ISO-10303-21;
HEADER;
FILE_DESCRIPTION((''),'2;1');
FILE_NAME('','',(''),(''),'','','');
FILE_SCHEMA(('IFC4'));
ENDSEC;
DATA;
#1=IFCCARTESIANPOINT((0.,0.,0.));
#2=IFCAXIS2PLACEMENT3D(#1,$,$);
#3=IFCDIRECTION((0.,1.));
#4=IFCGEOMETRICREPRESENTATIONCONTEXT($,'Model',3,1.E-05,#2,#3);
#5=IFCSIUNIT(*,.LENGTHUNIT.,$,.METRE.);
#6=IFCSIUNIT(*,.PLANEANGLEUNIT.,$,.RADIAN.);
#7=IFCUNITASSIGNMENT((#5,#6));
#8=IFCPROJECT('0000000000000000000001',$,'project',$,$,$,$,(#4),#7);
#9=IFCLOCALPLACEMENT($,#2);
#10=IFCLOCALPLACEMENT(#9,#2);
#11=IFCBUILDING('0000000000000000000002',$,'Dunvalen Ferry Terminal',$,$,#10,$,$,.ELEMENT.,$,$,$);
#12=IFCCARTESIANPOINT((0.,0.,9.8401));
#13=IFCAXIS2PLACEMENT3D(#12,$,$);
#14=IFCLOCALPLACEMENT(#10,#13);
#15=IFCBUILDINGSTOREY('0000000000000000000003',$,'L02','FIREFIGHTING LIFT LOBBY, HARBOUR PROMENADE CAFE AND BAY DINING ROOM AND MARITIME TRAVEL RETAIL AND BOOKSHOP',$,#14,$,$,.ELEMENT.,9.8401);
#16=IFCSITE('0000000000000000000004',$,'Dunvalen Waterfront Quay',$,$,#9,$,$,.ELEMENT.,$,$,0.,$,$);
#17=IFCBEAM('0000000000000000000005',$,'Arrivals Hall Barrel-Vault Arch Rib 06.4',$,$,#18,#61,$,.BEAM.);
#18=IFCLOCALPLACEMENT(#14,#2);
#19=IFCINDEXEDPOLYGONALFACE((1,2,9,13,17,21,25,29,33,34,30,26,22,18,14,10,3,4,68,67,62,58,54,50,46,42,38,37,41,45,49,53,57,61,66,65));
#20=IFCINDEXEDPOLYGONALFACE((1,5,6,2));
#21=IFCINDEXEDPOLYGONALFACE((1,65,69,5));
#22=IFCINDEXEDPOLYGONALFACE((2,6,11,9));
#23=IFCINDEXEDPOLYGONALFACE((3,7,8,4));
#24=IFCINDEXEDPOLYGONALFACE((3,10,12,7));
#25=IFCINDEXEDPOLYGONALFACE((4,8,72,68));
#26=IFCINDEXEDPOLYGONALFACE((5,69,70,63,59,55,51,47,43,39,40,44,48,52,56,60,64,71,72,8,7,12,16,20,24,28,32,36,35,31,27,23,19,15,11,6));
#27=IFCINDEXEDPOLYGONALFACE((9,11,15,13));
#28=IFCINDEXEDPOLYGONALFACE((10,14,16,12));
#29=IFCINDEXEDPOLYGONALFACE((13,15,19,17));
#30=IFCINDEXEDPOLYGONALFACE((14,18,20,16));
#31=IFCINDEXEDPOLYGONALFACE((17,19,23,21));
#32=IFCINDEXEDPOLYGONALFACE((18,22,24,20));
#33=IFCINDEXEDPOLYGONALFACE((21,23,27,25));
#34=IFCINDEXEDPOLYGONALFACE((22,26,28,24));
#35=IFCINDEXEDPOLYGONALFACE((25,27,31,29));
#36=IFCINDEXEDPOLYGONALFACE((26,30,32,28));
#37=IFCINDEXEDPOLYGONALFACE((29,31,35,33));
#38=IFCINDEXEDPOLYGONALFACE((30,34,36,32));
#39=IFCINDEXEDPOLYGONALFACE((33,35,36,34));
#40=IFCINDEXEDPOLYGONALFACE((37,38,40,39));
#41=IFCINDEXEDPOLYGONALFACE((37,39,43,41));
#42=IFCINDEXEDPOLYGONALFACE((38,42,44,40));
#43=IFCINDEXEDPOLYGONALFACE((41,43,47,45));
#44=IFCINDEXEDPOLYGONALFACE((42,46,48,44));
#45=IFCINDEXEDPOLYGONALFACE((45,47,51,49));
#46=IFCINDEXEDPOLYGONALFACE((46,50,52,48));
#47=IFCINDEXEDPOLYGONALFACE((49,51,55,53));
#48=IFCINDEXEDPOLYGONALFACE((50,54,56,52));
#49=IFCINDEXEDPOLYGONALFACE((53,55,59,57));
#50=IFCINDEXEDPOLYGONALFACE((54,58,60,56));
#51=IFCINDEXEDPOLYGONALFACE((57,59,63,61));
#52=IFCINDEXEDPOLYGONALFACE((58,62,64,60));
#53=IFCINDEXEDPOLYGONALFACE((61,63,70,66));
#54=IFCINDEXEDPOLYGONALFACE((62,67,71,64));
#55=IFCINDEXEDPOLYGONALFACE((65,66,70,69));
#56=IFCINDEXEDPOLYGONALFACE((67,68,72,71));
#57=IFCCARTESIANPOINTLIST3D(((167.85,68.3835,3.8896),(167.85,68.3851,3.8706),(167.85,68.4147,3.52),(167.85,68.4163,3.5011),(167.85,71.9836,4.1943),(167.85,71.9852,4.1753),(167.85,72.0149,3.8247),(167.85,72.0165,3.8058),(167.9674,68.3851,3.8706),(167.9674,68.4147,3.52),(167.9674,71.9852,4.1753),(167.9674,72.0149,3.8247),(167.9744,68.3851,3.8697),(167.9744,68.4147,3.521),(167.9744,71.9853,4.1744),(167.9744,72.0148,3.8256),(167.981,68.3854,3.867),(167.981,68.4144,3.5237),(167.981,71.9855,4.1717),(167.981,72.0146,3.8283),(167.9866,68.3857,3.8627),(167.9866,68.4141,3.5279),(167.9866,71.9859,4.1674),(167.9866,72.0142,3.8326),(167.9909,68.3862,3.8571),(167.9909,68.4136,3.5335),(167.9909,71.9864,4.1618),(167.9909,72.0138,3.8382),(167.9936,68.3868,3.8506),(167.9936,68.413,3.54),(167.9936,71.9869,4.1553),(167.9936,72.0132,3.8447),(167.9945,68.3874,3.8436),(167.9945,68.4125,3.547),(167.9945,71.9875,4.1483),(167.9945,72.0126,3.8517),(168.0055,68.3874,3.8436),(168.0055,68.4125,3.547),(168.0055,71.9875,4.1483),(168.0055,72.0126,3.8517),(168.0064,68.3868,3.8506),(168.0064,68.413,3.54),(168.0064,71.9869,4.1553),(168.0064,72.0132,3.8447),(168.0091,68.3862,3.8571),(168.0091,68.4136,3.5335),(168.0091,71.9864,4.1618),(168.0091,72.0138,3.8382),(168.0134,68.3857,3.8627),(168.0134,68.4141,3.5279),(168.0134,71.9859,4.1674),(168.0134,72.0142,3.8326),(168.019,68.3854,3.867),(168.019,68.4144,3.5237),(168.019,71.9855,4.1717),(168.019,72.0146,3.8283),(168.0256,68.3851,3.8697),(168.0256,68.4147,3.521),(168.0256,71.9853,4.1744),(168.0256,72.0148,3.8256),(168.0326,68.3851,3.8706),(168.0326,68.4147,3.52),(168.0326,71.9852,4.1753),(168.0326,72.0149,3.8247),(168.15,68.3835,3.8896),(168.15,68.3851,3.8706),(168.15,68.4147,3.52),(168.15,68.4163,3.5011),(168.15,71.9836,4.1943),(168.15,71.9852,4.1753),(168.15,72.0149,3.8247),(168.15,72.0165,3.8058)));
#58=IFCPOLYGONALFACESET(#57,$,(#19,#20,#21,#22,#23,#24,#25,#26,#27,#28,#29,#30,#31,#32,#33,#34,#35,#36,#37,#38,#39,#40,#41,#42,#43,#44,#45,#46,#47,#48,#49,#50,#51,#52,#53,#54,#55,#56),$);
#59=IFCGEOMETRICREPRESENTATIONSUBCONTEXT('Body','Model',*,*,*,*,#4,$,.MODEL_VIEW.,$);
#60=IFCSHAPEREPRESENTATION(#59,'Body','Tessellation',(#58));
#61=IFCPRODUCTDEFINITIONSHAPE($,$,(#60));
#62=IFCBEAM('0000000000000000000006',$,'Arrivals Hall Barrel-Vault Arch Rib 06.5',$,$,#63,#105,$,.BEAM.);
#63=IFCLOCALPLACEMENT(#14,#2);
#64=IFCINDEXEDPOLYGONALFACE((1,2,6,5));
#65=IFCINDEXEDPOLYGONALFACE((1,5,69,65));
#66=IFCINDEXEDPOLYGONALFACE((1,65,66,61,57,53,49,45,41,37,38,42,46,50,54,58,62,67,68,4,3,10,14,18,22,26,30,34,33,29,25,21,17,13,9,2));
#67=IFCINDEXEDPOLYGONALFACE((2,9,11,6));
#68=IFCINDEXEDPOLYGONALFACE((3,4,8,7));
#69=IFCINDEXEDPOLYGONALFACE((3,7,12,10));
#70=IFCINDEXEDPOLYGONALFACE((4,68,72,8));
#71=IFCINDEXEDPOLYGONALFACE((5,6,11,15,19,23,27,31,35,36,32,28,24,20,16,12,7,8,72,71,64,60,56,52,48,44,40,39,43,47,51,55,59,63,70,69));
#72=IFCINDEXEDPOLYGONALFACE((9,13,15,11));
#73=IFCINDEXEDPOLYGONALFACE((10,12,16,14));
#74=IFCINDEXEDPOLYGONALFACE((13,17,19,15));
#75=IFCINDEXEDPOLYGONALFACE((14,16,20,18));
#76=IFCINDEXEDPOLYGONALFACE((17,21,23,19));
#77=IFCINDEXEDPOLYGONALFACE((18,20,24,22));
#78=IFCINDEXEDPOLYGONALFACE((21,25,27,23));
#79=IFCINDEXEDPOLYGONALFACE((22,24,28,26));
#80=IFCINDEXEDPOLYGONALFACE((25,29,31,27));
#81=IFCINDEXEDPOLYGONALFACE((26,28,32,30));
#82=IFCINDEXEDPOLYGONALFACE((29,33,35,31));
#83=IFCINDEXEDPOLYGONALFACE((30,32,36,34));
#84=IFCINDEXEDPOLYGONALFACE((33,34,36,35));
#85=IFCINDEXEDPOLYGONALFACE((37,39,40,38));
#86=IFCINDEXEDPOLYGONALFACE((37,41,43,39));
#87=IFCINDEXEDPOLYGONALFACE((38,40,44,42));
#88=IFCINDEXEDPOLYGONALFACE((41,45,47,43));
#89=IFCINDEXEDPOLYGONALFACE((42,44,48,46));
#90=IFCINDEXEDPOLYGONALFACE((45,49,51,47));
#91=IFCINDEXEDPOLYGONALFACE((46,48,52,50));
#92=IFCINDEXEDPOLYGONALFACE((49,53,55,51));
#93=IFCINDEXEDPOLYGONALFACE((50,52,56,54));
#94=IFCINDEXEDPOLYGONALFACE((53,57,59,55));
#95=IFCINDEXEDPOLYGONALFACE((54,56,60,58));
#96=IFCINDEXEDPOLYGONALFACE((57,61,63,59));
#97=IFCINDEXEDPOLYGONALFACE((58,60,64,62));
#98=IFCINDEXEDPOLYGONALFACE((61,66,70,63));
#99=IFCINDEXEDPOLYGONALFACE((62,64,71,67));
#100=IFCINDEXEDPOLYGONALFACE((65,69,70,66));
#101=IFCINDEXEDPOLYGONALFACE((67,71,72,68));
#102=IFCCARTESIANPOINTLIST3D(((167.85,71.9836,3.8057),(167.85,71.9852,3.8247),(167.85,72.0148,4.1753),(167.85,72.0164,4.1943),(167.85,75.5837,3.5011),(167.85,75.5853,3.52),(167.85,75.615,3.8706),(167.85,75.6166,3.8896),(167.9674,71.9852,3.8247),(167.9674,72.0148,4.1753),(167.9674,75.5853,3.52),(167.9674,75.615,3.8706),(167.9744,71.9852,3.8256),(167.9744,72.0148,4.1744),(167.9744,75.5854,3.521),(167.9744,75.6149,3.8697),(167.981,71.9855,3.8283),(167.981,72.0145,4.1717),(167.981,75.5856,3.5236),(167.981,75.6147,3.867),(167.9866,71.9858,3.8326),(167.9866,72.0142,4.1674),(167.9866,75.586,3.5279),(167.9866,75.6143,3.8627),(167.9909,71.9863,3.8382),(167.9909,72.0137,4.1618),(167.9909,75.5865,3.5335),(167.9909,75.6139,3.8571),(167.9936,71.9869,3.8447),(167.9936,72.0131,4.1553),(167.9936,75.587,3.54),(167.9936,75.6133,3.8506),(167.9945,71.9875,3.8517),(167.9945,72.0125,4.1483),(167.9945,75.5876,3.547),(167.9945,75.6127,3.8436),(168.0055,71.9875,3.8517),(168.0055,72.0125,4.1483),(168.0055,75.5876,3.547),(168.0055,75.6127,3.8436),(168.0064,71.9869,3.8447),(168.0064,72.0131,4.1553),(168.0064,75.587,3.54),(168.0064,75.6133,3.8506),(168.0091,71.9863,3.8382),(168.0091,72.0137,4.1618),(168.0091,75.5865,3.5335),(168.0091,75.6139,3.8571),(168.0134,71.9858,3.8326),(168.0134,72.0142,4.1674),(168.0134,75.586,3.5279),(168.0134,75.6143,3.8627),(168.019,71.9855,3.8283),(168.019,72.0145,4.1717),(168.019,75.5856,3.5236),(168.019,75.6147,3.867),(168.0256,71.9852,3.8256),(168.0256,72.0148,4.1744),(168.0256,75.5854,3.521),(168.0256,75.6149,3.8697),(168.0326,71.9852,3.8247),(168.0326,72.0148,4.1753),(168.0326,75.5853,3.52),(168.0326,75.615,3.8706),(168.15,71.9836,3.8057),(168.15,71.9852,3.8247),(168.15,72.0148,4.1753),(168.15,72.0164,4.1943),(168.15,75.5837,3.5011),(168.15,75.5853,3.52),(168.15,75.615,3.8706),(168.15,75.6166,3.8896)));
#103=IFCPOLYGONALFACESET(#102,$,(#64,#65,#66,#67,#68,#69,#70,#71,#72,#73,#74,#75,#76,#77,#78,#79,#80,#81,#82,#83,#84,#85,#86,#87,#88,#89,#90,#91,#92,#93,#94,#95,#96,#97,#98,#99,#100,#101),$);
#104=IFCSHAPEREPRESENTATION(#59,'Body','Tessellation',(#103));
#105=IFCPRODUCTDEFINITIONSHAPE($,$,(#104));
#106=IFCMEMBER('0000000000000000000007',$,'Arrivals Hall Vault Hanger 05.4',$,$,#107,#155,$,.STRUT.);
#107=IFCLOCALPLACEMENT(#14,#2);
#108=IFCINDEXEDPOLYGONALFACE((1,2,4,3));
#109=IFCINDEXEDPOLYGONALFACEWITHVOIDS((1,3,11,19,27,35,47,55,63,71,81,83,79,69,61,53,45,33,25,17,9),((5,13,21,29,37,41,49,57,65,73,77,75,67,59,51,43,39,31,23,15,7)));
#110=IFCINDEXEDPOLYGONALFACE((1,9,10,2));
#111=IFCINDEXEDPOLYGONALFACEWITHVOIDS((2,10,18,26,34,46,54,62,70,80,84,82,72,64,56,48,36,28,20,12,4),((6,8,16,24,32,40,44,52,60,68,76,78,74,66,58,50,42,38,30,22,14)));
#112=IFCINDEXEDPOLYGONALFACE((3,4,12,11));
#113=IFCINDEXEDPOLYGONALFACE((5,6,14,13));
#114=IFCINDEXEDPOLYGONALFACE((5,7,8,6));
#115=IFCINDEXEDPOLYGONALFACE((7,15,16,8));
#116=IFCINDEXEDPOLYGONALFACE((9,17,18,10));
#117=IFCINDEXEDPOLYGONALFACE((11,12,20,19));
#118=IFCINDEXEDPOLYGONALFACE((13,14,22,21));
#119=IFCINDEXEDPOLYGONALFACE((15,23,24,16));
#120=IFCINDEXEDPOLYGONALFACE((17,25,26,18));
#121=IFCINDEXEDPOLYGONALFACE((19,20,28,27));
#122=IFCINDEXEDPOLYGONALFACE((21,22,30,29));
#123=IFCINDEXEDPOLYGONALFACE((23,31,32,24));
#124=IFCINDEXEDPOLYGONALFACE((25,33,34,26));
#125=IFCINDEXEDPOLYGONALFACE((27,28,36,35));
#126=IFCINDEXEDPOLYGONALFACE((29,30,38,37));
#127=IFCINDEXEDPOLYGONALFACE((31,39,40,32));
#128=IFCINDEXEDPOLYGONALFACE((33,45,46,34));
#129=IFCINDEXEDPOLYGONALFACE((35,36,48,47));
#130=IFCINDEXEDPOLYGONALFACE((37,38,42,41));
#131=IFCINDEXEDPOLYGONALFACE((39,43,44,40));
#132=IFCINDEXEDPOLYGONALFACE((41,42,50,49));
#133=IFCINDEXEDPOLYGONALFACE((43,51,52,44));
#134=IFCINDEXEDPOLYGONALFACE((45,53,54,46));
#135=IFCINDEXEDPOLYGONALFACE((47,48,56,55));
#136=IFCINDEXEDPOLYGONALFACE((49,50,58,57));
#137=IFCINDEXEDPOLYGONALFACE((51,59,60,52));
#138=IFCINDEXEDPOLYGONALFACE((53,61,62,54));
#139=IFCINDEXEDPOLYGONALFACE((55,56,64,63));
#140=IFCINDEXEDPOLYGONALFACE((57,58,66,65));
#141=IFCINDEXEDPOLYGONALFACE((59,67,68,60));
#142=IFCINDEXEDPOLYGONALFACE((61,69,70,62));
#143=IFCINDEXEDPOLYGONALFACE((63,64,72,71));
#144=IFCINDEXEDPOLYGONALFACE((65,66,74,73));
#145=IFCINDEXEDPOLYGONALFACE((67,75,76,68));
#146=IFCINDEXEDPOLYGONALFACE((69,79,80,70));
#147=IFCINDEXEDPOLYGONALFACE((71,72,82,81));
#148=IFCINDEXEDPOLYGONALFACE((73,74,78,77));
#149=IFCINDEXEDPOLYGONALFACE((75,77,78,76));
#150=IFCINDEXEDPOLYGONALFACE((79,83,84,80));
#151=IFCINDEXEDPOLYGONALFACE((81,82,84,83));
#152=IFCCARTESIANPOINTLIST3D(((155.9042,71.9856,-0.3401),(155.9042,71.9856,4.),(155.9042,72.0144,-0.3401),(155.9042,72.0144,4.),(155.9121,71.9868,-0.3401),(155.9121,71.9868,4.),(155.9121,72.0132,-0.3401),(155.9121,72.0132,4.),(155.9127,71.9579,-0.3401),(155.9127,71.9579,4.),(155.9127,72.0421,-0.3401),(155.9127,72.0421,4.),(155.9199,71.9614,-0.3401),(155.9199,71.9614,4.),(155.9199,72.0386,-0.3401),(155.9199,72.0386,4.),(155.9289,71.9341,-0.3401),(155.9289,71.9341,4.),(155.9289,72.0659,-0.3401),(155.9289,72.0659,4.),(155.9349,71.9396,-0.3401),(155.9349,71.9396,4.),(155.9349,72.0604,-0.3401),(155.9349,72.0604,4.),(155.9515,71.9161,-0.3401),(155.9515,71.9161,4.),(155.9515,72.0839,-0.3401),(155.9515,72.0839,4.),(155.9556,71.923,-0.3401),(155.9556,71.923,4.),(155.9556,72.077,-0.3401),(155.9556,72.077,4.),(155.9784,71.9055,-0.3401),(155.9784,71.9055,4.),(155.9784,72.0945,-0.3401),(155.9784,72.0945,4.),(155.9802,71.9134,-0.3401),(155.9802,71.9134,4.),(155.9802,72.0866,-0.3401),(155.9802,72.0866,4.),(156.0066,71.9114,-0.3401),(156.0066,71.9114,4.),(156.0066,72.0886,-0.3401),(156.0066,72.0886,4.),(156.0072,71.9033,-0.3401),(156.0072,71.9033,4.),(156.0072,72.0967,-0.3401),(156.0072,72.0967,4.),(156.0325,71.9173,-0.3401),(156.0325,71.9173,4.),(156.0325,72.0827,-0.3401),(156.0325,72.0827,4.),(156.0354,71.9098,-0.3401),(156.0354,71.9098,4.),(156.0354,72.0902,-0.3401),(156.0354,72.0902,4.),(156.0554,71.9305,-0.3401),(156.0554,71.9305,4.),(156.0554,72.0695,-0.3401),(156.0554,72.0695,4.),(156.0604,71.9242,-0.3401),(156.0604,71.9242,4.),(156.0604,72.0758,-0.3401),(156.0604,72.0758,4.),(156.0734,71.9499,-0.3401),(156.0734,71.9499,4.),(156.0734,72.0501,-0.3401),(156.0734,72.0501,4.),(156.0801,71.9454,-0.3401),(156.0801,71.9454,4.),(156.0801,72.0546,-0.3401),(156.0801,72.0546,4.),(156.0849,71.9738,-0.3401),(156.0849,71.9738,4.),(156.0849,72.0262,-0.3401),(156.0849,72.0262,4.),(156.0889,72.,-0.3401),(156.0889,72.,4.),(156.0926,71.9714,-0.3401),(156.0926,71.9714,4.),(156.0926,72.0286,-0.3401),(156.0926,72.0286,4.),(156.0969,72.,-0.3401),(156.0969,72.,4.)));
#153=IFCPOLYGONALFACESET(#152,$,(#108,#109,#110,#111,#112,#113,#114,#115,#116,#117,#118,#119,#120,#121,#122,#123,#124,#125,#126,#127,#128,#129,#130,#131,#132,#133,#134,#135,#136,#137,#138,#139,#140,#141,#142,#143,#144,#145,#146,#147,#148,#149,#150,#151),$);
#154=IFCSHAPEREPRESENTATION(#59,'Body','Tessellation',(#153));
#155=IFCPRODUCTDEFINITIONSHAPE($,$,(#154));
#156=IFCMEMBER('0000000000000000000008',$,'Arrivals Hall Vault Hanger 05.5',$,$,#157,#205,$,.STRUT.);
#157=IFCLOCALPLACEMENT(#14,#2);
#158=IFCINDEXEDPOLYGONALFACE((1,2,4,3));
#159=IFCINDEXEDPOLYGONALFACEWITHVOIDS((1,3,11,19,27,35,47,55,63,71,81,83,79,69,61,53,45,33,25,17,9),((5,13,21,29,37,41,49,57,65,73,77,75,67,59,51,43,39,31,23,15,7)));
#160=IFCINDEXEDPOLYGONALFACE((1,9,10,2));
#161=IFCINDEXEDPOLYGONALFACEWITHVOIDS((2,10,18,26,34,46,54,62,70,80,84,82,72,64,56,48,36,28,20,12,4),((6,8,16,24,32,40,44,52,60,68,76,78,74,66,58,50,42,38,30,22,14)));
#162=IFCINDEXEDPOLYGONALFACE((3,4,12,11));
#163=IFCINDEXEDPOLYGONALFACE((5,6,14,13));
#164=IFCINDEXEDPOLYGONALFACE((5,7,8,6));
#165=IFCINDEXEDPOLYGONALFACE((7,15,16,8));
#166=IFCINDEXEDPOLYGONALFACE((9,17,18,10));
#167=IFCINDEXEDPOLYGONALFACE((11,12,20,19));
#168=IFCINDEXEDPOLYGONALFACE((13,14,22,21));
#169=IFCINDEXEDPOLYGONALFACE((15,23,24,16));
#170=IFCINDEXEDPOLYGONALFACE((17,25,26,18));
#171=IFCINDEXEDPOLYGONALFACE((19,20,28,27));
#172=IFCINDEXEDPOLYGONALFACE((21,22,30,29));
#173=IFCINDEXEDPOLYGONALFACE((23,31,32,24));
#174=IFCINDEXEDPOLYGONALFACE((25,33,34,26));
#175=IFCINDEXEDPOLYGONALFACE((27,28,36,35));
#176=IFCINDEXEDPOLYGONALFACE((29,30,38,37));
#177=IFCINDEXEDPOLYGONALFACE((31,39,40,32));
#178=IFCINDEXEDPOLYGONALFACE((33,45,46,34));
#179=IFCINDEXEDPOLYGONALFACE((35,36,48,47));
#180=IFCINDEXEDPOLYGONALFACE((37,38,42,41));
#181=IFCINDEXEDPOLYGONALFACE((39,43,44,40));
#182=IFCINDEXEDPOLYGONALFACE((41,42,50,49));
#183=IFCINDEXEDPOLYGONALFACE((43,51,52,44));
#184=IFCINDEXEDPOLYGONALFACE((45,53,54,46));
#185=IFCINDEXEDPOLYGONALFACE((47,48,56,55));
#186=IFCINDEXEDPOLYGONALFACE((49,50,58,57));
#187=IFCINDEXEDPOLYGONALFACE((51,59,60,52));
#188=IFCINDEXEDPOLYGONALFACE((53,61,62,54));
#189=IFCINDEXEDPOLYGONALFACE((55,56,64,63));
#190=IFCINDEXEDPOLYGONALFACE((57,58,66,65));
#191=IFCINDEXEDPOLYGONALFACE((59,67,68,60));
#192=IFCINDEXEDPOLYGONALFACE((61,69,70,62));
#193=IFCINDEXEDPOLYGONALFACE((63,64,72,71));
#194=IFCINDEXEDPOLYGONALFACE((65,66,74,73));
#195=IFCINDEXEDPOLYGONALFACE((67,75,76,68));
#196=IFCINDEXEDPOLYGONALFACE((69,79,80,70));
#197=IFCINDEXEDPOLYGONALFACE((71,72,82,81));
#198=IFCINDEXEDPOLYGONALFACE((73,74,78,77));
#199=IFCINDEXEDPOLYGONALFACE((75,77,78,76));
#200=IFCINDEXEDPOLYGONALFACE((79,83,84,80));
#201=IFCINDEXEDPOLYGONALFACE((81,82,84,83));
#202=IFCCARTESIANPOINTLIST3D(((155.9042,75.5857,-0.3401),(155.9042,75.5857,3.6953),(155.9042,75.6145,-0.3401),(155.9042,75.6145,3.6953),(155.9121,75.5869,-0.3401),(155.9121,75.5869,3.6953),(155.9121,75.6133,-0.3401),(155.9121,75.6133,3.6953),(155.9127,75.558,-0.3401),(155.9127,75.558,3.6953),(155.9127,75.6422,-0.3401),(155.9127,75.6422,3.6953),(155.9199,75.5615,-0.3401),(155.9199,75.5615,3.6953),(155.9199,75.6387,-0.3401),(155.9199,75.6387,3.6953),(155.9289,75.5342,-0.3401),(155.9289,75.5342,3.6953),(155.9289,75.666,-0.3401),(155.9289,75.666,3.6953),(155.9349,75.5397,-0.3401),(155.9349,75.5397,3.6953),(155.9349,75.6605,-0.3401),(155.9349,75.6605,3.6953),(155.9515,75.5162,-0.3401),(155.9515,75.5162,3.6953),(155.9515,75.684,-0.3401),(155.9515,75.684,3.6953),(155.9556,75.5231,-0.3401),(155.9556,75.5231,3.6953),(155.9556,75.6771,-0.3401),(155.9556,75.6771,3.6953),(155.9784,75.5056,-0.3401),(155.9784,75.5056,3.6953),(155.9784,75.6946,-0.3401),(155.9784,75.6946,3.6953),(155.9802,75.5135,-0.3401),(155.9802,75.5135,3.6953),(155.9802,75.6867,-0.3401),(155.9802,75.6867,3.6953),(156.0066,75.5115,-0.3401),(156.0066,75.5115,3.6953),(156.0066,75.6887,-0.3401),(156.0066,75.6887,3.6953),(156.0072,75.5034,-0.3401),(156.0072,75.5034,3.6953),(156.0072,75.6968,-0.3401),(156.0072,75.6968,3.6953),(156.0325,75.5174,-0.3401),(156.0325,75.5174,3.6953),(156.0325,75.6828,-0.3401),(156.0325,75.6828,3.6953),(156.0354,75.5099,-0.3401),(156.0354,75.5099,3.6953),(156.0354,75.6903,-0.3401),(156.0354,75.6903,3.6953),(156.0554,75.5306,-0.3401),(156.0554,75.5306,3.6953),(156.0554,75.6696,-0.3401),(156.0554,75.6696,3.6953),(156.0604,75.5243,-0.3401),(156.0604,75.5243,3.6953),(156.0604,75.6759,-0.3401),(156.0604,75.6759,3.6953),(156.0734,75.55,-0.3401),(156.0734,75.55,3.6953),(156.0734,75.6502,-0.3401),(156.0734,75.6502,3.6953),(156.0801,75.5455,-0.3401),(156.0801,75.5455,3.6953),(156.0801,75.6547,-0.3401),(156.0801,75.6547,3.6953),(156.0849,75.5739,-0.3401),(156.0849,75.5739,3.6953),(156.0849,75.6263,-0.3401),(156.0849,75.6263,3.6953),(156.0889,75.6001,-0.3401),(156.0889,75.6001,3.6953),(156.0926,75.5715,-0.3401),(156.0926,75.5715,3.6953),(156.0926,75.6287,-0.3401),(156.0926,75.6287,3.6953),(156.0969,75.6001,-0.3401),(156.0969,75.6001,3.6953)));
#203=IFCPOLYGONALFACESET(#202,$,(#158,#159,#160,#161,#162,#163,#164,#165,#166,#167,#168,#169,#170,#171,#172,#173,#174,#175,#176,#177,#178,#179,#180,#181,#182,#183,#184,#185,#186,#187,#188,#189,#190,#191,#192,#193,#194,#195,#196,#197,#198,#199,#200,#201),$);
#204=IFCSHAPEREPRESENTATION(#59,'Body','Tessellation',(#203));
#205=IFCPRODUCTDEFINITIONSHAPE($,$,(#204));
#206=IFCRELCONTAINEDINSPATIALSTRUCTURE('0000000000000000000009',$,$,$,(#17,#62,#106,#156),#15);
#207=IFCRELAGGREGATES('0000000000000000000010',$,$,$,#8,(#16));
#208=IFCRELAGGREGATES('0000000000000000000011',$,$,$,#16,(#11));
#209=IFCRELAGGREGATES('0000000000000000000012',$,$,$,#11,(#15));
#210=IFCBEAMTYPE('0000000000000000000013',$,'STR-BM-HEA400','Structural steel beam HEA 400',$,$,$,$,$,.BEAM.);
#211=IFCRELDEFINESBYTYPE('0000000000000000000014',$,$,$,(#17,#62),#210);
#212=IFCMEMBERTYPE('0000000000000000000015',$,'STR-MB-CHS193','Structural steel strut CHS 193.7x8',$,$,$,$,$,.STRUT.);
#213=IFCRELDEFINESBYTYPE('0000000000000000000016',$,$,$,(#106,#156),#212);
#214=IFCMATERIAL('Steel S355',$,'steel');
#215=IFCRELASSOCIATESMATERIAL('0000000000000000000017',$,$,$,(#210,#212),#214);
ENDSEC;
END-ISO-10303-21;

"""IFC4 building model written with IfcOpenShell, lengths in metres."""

from ifc_helpers import new_model, si_unit, direction, frame, origin, origin_2d, place, context, subcontext, project, spatial, hollow_circle, i_section, extrude, material, material_profile, profile_set, type_object, element, save


model = new_model("IFC4")

# Units and contexts
model_context = context("Model", 3, precision=1e-05, world=origin(), true_north=direction((0.0, 1.0)))
body_context = subcontext(model_context, "Body", "Model", "MODEL_VIEW")
ifc_project = project(units=[si_unit("LENGTHUNIT", "METRE"), si_unit("PLANEANGLEUNIT", "RADIAN")], contexts=[model_context])

# Site, building, storey
site_placement = place(None, origin())
site = spatial("IfcSite", under=ifc_project, at=site_placement, Name="Dunvalen Waterfront Quay", CompositionType="ELEMENT", RefElevation=0.0)
building_placement = place(site_placement, origin())
building = spatial("IfcBuilding", under=site, at=building_placement, Name="Dunvalen Ferry Terminal", CompositionType="ELEMENT")
storey_placement = place(building_placement, frame((0.0, 0.0, 9.8401)))
storey = spatial("IfcBuildingStorey", under=building, at=storey_placement, Name="L02", Description="FIREFIGHTING LIFT LOBBY, HARBOUR PROMENADE CAFE AND BAY DINING ROOM AND MARITIME TRAVEL RETAIL AND BOOKSHOP", CompositionType="ELEMENT", Elevation=9.8401)

# Beams
ifc_material_1 = material(Name="Steel S355", Category="steel")
ifc_material_profile_1 = material_profile(ifc_material_1, i_section(OverallWidth=0.3, OverallDepth=0.3899, WebThickness=0.011, FlangeThickness=0.019, FilletRadius=0.0271, at=origin_2d()), Name="Steel S355")
ifc_profile_set_1 = profile_set([ifc_material_profile_1], Name="Steel S355")
beam_type = type_object("IfcBeamType", Name="STR-BM-HEA400", Description="Structural steel beam HEA 400", PredefinedType="BEAM", material=ifc_profile_set_1)
for number, where, z_axis, x_axis, name in (
    (1, (168.0, 68.3999, 3.6953), (0.0, 0.996438, 0.084332), (-1.0, 0.0, 0.0), "Arrivals Hall Barrel-Vault Arch Rib 06.4"),
    (2, (168.0, 72.0, 4.0), (0.0, 0.996438, -0.084332), (-1.0, 0.0, 0.0), "Arrivals Hall Barrel-Vault Arch Rib 06.5"),
):
    element("IfcBeam", number, at=place(storey_placement, frame(where, z_axis=z_axis, x_axis=x_axis)), inside=storey, type_object=beam_type, Name=name, PredefinedType="BEAM", context=body_context, shape_type="SweptSolid", body=[
        extrude(i_section(OverallWidth=0.3, OverallDepth=0.3899, WebThickness=0.011, FlangeThickness=0.019, FilletRadius=0.0271, at=origin_2d()), origin(), (0.0, 0.0, 1.0), 3.613),
    ])

# Members
ifc_material_profile_2 = material_profile(ifc_material_1, hollow_circle(Radius=0.0969, WallThickness=0.0081, at=origin_2d()), Name="Steel S355")
ifc_profile_set_2 = profile_set([ifc_material_profile_2], Name="Steel S355")
member_type_1 = type_object("IfcMemberType", Name="STR-MB-CHS193", Description="Structural steel strut CHS 193.7x8", PredefinedType="STRUT", material=ifc_profile_set_2)
member_1_placement = place(storey_placement, frame((156.0, 72.0, -0.3401), z_axis=(0.0, 0.0, 1.0), x_axis=(1.0, 0.0, 0.0)))
element("IfcMember", 3, at=member_1_placement, inside=storey, type_object=member_type_1, Name="Arrivals Hall Vault Hanger 05.4", PredefinedType="STRUT", context=body_context, shape_type="SweptSolid", body=[
    extrude(hollow_circle(Radius=0.0969, WallThickness=0.0081, at=origin_2d()), origin(), (0.0, 0.0, 1.0), 4.3401),
])
member_2_placement = place(storey_placement, frame((156.0, 75.6001, -0.3401), z_axis=(0.0, 0.0, 1.0), x_axis=(1.0, 0.0, 0.0)))
element("IfcMember", 4, at=member_2_placement, inside=storey, type_object=member_type_1, Name="Arrivals Hall Vault Hanger 05.5", PredefinedType="STRUT", context=body_context, shape_type="SweptSolid", body=[
    extrude(hollow_circle(Radius=0.0969, WallThickness=0.0081, at=origin_2d()), origin(), (0.0, 0.0, 1.0), 4.0354),
])

save(model, "model.ifc")
